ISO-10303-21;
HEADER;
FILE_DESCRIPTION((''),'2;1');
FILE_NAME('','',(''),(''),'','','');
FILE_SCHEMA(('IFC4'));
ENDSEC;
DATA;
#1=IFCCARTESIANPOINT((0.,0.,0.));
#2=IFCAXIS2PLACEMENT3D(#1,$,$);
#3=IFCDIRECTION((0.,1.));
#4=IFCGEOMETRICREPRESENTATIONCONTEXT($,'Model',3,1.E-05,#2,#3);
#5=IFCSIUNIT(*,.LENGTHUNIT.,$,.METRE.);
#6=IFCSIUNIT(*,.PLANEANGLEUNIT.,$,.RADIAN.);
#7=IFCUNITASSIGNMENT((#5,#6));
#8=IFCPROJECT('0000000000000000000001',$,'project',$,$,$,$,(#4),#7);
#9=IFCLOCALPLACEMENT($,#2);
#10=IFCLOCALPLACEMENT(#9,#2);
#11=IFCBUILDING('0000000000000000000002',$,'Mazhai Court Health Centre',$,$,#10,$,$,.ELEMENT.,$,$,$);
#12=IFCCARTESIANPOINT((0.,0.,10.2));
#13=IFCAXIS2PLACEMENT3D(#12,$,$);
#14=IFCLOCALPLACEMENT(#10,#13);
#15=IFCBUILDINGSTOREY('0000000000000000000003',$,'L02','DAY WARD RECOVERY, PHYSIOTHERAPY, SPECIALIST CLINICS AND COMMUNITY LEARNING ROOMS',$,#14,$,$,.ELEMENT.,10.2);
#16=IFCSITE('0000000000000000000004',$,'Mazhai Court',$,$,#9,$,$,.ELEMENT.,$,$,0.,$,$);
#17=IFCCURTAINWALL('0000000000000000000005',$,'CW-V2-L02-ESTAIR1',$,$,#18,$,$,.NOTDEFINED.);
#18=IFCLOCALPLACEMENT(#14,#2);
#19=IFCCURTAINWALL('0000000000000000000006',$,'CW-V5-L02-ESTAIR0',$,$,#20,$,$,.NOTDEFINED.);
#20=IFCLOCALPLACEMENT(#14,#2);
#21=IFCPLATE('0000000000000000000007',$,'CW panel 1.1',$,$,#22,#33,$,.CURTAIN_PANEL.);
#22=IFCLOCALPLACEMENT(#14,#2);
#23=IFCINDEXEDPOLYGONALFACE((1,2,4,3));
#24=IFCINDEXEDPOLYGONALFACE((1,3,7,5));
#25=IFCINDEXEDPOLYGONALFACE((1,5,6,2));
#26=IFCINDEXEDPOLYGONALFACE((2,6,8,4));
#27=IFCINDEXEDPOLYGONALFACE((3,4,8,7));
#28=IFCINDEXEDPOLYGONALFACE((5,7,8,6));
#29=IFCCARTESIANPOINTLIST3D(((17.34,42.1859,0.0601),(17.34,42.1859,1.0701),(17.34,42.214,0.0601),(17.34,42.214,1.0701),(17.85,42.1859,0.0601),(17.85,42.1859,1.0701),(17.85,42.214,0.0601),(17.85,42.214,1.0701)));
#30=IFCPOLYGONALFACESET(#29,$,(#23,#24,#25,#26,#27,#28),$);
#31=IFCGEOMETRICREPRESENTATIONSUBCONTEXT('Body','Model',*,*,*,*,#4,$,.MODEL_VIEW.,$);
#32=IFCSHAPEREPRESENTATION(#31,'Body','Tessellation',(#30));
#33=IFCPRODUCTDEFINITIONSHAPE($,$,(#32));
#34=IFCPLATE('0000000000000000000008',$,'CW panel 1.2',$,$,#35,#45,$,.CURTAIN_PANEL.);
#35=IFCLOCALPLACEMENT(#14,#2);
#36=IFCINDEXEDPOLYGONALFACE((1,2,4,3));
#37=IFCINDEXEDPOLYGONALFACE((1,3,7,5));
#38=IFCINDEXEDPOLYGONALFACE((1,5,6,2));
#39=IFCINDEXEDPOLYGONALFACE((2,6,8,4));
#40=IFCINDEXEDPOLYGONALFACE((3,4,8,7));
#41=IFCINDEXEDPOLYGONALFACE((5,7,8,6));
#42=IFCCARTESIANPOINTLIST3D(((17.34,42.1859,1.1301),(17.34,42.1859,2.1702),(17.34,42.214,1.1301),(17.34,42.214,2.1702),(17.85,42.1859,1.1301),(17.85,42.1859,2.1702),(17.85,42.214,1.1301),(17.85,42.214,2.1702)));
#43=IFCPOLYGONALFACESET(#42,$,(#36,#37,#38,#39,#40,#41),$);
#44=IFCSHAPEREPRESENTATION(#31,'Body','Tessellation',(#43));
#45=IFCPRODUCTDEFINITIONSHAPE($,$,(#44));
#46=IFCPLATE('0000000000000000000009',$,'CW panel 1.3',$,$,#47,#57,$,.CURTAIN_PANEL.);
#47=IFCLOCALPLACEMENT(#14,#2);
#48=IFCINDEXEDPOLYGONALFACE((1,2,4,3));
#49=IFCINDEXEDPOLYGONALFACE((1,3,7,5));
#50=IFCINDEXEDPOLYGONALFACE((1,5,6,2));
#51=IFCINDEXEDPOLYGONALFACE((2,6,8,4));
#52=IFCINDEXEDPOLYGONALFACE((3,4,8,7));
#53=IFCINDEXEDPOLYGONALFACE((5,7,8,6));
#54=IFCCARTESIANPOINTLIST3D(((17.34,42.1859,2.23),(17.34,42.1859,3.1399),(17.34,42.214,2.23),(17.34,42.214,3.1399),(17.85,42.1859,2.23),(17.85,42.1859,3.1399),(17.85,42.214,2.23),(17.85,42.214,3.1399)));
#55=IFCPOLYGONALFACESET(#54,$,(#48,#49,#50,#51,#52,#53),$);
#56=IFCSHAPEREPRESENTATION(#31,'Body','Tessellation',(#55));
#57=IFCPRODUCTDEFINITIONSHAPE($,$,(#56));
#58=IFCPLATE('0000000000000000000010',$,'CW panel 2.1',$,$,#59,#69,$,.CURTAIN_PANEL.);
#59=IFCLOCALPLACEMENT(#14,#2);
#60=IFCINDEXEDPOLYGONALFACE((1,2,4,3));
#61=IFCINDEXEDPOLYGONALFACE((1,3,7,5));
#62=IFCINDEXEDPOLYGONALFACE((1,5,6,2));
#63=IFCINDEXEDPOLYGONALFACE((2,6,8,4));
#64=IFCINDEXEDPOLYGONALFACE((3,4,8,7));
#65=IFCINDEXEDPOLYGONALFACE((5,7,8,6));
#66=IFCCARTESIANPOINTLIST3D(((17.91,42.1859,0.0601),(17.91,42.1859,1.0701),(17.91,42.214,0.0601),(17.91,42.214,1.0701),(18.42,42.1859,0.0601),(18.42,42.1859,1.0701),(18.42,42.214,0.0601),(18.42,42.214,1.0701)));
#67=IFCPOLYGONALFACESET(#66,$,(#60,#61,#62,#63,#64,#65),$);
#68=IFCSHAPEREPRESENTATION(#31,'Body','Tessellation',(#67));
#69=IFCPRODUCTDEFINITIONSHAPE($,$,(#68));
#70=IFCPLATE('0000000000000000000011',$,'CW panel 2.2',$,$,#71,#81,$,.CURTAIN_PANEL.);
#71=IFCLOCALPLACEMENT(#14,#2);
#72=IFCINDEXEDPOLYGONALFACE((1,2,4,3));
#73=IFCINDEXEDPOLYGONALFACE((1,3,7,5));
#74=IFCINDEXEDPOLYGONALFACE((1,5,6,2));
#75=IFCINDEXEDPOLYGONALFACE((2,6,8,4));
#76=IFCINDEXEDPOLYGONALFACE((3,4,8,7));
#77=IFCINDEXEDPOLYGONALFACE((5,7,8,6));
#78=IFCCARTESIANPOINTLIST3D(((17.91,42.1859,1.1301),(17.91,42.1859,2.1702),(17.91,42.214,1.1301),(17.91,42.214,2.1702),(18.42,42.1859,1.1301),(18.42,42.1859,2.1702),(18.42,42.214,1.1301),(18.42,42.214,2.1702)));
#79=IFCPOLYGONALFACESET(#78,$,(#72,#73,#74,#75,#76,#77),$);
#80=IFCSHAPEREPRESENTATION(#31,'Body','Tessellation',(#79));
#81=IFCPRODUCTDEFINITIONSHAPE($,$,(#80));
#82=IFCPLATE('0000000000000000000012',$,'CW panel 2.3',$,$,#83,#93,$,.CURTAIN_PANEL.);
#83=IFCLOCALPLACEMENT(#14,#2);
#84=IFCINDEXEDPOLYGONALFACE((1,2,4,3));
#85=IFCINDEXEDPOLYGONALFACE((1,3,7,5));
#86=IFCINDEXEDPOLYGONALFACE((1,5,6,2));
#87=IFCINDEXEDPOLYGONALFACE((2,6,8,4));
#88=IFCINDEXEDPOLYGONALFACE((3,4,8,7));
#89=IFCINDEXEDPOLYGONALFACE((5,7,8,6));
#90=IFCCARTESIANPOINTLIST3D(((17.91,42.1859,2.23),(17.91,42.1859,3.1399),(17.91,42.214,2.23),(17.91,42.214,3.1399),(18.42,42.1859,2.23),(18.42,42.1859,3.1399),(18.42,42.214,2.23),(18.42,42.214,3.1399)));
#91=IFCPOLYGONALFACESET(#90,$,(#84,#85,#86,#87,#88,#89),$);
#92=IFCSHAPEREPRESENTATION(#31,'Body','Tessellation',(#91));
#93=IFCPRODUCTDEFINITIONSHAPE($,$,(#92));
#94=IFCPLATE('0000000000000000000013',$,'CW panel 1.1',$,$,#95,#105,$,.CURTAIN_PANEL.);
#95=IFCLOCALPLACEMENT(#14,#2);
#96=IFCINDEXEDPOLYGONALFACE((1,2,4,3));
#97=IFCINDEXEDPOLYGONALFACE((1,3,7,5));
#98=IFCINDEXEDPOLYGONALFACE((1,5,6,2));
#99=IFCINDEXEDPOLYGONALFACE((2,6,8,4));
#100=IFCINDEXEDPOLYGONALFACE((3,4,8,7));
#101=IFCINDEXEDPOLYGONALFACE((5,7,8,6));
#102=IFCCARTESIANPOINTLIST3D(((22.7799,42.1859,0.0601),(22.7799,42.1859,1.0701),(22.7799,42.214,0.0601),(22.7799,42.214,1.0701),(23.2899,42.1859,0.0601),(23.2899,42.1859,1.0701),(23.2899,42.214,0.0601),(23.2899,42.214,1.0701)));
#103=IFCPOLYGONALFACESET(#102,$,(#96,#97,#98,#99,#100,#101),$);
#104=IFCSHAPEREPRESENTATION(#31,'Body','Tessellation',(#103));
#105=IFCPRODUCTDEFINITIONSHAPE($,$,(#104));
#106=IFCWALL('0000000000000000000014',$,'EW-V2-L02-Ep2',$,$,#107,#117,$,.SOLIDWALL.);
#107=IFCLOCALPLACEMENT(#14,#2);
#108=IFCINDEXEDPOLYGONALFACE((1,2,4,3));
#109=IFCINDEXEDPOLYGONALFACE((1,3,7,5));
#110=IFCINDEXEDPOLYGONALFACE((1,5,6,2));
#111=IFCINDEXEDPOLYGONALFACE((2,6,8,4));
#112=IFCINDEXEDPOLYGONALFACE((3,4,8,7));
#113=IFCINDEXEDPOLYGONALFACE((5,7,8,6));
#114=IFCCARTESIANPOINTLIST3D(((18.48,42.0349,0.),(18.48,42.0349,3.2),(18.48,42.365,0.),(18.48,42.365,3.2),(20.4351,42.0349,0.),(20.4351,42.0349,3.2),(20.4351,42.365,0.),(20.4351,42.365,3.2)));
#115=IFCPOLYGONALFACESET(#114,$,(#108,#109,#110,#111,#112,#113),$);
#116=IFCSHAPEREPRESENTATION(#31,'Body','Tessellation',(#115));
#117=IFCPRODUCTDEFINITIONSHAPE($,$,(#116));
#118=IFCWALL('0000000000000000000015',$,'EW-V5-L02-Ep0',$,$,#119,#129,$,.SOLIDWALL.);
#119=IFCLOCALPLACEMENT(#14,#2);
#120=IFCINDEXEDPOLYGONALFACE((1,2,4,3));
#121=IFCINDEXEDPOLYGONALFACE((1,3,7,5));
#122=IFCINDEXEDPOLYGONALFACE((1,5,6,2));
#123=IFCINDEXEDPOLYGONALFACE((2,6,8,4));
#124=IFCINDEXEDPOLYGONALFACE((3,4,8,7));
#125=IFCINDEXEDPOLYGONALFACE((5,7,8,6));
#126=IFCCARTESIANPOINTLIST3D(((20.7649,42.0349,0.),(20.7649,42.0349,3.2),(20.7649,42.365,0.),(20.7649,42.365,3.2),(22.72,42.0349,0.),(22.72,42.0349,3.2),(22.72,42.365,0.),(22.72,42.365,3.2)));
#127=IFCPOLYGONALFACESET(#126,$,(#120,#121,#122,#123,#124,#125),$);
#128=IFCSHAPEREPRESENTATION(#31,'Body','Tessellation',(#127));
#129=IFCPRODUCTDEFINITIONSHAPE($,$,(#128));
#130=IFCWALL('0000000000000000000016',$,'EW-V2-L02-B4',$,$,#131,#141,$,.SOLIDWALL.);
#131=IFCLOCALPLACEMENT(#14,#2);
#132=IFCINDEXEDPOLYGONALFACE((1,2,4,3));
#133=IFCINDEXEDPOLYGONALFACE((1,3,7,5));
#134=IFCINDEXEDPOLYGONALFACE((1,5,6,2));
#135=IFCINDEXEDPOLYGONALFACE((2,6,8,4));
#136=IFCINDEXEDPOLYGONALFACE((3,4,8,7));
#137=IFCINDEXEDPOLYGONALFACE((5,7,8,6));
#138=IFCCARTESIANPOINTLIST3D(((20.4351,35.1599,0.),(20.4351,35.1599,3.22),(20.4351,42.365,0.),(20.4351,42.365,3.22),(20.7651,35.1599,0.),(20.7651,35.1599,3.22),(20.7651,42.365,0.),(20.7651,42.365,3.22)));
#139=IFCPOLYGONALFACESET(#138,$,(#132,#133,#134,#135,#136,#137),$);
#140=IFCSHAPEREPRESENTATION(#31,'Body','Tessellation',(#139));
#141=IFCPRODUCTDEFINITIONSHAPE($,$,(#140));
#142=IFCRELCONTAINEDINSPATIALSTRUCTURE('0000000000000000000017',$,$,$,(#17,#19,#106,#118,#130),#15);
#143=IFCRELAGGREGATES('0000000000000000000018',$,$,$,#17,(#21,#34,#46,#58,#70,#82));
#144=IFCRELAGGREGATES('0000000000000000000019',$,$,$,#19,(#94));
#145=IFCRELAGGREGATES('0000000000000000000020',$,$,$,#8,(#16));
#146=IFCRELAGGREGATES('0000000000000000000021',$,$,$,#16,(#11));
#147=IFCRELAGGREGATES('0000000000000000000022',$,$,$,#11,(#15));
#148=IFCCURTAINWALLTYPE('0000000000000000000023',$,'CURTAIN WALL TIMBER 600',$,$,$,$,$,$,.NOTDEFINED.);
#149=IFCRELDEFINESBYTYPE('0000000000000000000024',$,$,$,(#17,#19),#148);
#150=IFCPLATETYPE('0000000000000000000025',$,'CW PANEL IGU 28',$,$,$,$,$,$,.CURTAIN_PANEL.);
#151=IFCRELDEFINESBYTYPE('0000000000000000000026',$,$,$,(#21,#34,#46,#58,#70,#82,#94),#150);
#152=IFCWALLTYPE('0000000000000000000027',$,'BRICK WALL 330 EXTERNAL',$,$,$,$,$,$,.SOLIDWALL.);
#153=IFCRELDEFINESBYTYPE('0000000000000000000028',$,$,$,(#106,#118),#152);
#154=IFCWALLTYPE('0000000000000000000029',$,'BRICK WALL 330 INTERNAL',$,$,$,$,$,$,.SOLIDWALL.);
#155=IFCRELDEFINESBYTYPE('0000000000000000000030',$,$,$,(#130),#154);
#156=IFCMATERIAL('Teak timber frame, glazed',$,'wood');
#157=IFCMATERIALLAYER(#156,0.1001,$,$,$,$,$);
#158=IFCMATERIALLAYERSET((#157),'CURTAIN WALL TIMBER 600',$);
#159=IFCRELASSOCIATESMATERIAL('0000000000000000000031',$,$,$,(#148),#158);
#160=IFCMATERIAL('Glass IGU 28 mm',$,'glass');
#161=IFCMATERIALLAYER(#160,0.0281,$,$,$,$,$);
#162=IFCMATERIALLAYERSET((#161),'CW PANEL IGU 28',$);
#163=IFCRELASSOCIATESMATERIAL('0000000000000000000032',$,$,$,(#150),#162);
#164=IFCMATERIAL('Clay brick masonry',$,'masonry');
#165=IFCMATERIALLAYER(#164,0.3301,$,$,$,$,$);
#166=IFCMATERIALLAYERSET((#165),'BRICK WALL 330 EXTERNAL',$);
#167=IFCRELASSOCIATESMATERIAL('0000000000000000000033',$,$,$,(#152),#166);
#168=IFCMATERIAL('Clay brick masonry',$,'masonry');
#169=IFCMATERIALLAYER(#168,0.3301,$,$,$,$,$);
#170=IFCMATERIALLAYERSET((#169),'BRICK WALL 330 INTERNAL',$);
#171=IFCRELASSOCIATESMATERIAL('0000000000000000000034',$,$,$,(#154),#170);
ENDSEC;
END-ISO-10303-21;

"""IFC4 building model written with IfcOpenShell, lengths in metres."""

from ifc_helpers import new_model, si_unit, direction, frame, frame_2d, origin, origin_2d, place, context, subcontext, project, spatial, rectangle, extrude, material, layer, layer_set, type_object, element, aggregate, save


model = new_model("IFC4")

# Units and contexts
model_context = context("Model", 3, precision=1e-05, world=origin(), true_north=direction((0.0, 1.0)))
body_context = subcontext(model_context, "Body", "Model", "MODEL_VIEW")
ifc_project = project(units=[si_unit("LENGTHUNIT", "METRE"), si_unit("PLANEANGLEUNIT", "RADIAN")], contexts=[model_context])

# Site, building, storey
site_placement = place(None, origin())
site = spatial("IfcSite", under=ifc_project, at=site_placement, Name="Mazhai Court", CompositionType="ELEMENT", RefElevation=0.0)
building_placement = place(site_placement, origin())
building = spatial("IfcBuilding", under=site, at=building_placement, Name="Mazhai Court Health Centre", CompositionType="ELEMENT")
storey_placement = place(building_placement, frame((0.0, 0.0, 10.2)))
storey = spatial("IfcBuildingStorey", under=building, at=storey_placement, Name="L02", Description="DAY WARD RECOVERY, PHYSIOTHERAPY, SPECIALIST CLINICS AND COMMUNITY LEARNING ROOMS", CompositionType="ELEMENT", Elevation=10.2)

# Curtain wall
ifc_material_1 = material(Name="Teak timber frame, glazed", Category="wood")
ifc_layer_1 = layer(ifc_material_1, 0.1001)
ifc_layer_set_1 = layer_set([ifc_layer_1], Name="CURTAIN WALL TIMBER 600")
curtain_wall_type = type_object("IfcCurtainWallType", Name="CURTAIN WALL TIMBER 600", PredefinedType="NOTDEFINED", material=ifc_layer_set_1)
curtain_wall_1_placement = place(storey_placement, origin())
curtain_wall_1 = element("IfcCurtainWall", 1, at=curtain_wall_1_placement, inside=storey, type_object=curtain_wall_type, Name="CW-V2-L02-ESTAIR1", PredefinedType="NOTDEFINED")

# Curtain wall
curtain_wall_2_placement = place(storey_placement, origin())
curtain_wall_2 = element("IfcCurtainWall", 2, at=curtain_wall_2_placement, inside=storey, type_object=curtain_wall_type, Name="CW-V5-L02-ESTAIR0", PredefinedType="NOTDEFINED")

# Plates
ifc_material_2 = material(Name="Glass IGU 28 mm", Category="glass")
ifc_layer_2 = layer(ifc_material_2, 0.0281)
ifc_layer_set_2 = layer_set([ifc_layer_2], Name="CW PANEL IGU 28")
plate_type = type_object("IfcPlateType", Name="CW PANEL IGU 28", PredefinedType="CURTAIN_PANEL", material=ifc_layer_set_2)
plate_1_placement = place(storey_placement, frame((17.595, 42.2, 0.0601), z_axis=(0.0, 0.0, 1.0), x_axis=(1.0, 0.0, 0.0)))
plate_1 = element("IfcPlate", 3, at=plate_1_placement, type_object=plate_type, Name="CW panel 1.1", PredefinedType="CURTAIN_PANEL", context=body_context, shape_type="SweptSolid", body=[
    extrude(rectangle(XDim=0.51, YDim=0.0281, at=origin_2d()), origin(), (0.0, 0.0, 1.0), 1.01),
])
plate_2_placement = place(storey_placement, frame((17.595, 42.2, 1.1301), z_axis=(0.0, 0.0, 1.0), x_axis=(1.0, 0.0, 0.0)))
plate_2 = element("IfcPlate", 4, at=plate_2_placement, type_object=plate_type, Name="CW panel 1.2", PredefinedType="CURTAIN_PANEL", context=body_context, shape_type="SweptSolid", body=[
    extrude(rectangle(XDim=0.51, YDim=0.0281, at=origin_2d()), origin(), (0.0, 0.0, 1.0), 1.04),
])
plate_3_placement = place(storey_placement, frame((17.595, 42.2, 2.23), z_axis=(0.0, 0.0, 1.0), x_axis=(1.0, 0.0, 0.0)))
plate_3 = element("IfcPlate", 5, at=plate_3_placement, type_object=plate_type, Name="CW panel 1.3", PredefinedType="CURTAIN_PANEL", context=body_context, shape_type="SweptSolid", body=[
    extrude(rectangle(XDim=0.51, YDim=0.0281, at=origin_2d()), origin(), (0.0, 0.0, 1.0), 0.9099),
])
plate_4_placement = place(storey_placement, frame((18.165, 42.2, 0.0601), z_axis=(0.0, 0.0, 1.0), x_axis=(1.0, 0.0, 0.0)))
plate_4 = element("IfcPlate", 6, at=plate_4_placement, type_object=plate_type, Name="CW panel 2.1", PredefinedType="CURTAIN_PANEL", context=body_context, shape_type="SweptSolid", body=[
    extrude(rectangle(XDim=0.51, YDim=0.0281, at=origin_2d()), origin(), (0.0, 0.0, 1.0), 1.01),
])
plate_5_placement = place(storey_placement, frame((18.165, 42.2, 1.1301), z_axis=(0.0, 0.0, 1.0), x_axis=(1.0, 0.0, 0.0)))
plate_5 = element("IfcPlate", 7, at=plate_5_placement, type_object=plate_type, Name="CW panel 2.2", PredefinedType="CURTAIN_PANEL", context=body_context, shape_type="SweptSolid", body=[
    extrude(rectangle(XDim=0.51, YDim=0.0281, at=origin_2d()), origin(), (0.0, 0.0, 1.0), 1.04),
])
plate_6_placement = place(storey_placement, frame((18.165, 42.2, 2.23), z_axis=(0.0, 0.0, 1.0), x_axis=(1.0, 0.0, 0.0)))
plate_6 = element("IfcPlate", 8, at=plate_6_placement, type_object=plate_type, Name="CW panel 2.3", PredefinedType="CURTAIN_PANEL", context=body_context, shape_type="SweptSolid", body=[
    extrude(rectangle(XDim=0.51, YDim=0.0281, at=origin_2d()), origin(), (0.0, 0.0, 1.0), 0.9099),
])
aggregate(curtain_wall_1, [plate_1, plate_2, plate_3, plate_4, plate_5, plate_6])
plate_7_placement = place(storey_placement, frame((23.0349, 42.2, 0.0601), z_axis=(0.0, 0.0, 1.0), x_axis=(1.0, 0.0, 0.0)))
plate_7 = element("IfcPlate", 9, at=plate_7_placement, type_object=plate_type, Name="CW panel 1.1", PredefinedType="CURTAIN_PANEL", context=body_context, shape_type="SweptSolid", body=[
    extrude(rectangle(XDim=0.51, YDim=0.0281, at=origin_2d()), origin(), (0.0, 0.0, 1.0), 1.01),
])
aggregate(curtain_wall_2, [plate_7])

# Walls
ifc_material_3 = material(Name="Clay brick masonry", Category="masonry")
ifc_layer_3 = layer(ifc_material_3, 0.3301)
ifc_layer_set_3 = layer_set([ifc_layer_3], Name="BRICK WALL 330 EXTERNAL")
wall_type_1 = type_object("IfcWallType", Name="BRICK WALL 330 EXTERNAL", PredefinedType="SOLIDWALL", material=ifc_layer_set_3)
for number, where, z_axis, x_axis, name in (
    (10, (18.48, 42.2, 0.0), (0.0, 0.0, 1.0), (1.0, 0.0, 0.0), "EW-V2-L02-Ep2"),
    (11, (20.7649, 42.2, 0.0), (0.0, 0.0, 1.0), (1.0, 0.0, 0.0), "EW-V5-L02-Ep0"),
):
    element("IfcWall", number, at=place(storey_placement, frame(where, z_axis=z_axis, x_axis=x_axis)), inside=storey, type_object=wall_type_1, Name=name, PredefinedType="SOLIDWALL", context=body_context, shape_type="SweptSolid", body=[
        extrude(rectangle(XDim=1.9551, YDim=0.3301, at=frame_2d((0.9775, 0.0))), origin(), (0.0, 0.0, 1.0), 3.2),
    ])
ifc_material_4 = material(Name="Clay brick masonry", Category="masonry")
ifc_layer_4 = layer(ifc_material_4, 0.3301)
ifc_layer_set_4 = layer_set([ifc_layer_4], Name="BRICK WALL 330 INTERNAL")
wall_type_2 = type_object("IfcWallType", Name="BRICK WALL 330 INTERNAL", PredefinedType="SOLIDWALL", material=ifc_layer_set_4)
wall_placement = place(storey_placement, frame((20.6001, 42.365, 0.0), z_axis=(0.0, 0.0, 1.0), x_axis=(0.0, -1.0, 0.0)))
element("IfcWall", 12, at=wall_placement, inside=storey, type_object=wall_type_2, Name="EW-V2-L02-B4", PredefinedType="SOLIDWALL", context=body_context, shape_type="SweptSolid", body=[
    extrude(rectangle(XDim=7.2051, YDim=0.3301, at=frame_2d((3.6025, 0.0))), origin(), (0.0, 0.0, 1.0), 3.22),
])

save(model, "model.ifc")
